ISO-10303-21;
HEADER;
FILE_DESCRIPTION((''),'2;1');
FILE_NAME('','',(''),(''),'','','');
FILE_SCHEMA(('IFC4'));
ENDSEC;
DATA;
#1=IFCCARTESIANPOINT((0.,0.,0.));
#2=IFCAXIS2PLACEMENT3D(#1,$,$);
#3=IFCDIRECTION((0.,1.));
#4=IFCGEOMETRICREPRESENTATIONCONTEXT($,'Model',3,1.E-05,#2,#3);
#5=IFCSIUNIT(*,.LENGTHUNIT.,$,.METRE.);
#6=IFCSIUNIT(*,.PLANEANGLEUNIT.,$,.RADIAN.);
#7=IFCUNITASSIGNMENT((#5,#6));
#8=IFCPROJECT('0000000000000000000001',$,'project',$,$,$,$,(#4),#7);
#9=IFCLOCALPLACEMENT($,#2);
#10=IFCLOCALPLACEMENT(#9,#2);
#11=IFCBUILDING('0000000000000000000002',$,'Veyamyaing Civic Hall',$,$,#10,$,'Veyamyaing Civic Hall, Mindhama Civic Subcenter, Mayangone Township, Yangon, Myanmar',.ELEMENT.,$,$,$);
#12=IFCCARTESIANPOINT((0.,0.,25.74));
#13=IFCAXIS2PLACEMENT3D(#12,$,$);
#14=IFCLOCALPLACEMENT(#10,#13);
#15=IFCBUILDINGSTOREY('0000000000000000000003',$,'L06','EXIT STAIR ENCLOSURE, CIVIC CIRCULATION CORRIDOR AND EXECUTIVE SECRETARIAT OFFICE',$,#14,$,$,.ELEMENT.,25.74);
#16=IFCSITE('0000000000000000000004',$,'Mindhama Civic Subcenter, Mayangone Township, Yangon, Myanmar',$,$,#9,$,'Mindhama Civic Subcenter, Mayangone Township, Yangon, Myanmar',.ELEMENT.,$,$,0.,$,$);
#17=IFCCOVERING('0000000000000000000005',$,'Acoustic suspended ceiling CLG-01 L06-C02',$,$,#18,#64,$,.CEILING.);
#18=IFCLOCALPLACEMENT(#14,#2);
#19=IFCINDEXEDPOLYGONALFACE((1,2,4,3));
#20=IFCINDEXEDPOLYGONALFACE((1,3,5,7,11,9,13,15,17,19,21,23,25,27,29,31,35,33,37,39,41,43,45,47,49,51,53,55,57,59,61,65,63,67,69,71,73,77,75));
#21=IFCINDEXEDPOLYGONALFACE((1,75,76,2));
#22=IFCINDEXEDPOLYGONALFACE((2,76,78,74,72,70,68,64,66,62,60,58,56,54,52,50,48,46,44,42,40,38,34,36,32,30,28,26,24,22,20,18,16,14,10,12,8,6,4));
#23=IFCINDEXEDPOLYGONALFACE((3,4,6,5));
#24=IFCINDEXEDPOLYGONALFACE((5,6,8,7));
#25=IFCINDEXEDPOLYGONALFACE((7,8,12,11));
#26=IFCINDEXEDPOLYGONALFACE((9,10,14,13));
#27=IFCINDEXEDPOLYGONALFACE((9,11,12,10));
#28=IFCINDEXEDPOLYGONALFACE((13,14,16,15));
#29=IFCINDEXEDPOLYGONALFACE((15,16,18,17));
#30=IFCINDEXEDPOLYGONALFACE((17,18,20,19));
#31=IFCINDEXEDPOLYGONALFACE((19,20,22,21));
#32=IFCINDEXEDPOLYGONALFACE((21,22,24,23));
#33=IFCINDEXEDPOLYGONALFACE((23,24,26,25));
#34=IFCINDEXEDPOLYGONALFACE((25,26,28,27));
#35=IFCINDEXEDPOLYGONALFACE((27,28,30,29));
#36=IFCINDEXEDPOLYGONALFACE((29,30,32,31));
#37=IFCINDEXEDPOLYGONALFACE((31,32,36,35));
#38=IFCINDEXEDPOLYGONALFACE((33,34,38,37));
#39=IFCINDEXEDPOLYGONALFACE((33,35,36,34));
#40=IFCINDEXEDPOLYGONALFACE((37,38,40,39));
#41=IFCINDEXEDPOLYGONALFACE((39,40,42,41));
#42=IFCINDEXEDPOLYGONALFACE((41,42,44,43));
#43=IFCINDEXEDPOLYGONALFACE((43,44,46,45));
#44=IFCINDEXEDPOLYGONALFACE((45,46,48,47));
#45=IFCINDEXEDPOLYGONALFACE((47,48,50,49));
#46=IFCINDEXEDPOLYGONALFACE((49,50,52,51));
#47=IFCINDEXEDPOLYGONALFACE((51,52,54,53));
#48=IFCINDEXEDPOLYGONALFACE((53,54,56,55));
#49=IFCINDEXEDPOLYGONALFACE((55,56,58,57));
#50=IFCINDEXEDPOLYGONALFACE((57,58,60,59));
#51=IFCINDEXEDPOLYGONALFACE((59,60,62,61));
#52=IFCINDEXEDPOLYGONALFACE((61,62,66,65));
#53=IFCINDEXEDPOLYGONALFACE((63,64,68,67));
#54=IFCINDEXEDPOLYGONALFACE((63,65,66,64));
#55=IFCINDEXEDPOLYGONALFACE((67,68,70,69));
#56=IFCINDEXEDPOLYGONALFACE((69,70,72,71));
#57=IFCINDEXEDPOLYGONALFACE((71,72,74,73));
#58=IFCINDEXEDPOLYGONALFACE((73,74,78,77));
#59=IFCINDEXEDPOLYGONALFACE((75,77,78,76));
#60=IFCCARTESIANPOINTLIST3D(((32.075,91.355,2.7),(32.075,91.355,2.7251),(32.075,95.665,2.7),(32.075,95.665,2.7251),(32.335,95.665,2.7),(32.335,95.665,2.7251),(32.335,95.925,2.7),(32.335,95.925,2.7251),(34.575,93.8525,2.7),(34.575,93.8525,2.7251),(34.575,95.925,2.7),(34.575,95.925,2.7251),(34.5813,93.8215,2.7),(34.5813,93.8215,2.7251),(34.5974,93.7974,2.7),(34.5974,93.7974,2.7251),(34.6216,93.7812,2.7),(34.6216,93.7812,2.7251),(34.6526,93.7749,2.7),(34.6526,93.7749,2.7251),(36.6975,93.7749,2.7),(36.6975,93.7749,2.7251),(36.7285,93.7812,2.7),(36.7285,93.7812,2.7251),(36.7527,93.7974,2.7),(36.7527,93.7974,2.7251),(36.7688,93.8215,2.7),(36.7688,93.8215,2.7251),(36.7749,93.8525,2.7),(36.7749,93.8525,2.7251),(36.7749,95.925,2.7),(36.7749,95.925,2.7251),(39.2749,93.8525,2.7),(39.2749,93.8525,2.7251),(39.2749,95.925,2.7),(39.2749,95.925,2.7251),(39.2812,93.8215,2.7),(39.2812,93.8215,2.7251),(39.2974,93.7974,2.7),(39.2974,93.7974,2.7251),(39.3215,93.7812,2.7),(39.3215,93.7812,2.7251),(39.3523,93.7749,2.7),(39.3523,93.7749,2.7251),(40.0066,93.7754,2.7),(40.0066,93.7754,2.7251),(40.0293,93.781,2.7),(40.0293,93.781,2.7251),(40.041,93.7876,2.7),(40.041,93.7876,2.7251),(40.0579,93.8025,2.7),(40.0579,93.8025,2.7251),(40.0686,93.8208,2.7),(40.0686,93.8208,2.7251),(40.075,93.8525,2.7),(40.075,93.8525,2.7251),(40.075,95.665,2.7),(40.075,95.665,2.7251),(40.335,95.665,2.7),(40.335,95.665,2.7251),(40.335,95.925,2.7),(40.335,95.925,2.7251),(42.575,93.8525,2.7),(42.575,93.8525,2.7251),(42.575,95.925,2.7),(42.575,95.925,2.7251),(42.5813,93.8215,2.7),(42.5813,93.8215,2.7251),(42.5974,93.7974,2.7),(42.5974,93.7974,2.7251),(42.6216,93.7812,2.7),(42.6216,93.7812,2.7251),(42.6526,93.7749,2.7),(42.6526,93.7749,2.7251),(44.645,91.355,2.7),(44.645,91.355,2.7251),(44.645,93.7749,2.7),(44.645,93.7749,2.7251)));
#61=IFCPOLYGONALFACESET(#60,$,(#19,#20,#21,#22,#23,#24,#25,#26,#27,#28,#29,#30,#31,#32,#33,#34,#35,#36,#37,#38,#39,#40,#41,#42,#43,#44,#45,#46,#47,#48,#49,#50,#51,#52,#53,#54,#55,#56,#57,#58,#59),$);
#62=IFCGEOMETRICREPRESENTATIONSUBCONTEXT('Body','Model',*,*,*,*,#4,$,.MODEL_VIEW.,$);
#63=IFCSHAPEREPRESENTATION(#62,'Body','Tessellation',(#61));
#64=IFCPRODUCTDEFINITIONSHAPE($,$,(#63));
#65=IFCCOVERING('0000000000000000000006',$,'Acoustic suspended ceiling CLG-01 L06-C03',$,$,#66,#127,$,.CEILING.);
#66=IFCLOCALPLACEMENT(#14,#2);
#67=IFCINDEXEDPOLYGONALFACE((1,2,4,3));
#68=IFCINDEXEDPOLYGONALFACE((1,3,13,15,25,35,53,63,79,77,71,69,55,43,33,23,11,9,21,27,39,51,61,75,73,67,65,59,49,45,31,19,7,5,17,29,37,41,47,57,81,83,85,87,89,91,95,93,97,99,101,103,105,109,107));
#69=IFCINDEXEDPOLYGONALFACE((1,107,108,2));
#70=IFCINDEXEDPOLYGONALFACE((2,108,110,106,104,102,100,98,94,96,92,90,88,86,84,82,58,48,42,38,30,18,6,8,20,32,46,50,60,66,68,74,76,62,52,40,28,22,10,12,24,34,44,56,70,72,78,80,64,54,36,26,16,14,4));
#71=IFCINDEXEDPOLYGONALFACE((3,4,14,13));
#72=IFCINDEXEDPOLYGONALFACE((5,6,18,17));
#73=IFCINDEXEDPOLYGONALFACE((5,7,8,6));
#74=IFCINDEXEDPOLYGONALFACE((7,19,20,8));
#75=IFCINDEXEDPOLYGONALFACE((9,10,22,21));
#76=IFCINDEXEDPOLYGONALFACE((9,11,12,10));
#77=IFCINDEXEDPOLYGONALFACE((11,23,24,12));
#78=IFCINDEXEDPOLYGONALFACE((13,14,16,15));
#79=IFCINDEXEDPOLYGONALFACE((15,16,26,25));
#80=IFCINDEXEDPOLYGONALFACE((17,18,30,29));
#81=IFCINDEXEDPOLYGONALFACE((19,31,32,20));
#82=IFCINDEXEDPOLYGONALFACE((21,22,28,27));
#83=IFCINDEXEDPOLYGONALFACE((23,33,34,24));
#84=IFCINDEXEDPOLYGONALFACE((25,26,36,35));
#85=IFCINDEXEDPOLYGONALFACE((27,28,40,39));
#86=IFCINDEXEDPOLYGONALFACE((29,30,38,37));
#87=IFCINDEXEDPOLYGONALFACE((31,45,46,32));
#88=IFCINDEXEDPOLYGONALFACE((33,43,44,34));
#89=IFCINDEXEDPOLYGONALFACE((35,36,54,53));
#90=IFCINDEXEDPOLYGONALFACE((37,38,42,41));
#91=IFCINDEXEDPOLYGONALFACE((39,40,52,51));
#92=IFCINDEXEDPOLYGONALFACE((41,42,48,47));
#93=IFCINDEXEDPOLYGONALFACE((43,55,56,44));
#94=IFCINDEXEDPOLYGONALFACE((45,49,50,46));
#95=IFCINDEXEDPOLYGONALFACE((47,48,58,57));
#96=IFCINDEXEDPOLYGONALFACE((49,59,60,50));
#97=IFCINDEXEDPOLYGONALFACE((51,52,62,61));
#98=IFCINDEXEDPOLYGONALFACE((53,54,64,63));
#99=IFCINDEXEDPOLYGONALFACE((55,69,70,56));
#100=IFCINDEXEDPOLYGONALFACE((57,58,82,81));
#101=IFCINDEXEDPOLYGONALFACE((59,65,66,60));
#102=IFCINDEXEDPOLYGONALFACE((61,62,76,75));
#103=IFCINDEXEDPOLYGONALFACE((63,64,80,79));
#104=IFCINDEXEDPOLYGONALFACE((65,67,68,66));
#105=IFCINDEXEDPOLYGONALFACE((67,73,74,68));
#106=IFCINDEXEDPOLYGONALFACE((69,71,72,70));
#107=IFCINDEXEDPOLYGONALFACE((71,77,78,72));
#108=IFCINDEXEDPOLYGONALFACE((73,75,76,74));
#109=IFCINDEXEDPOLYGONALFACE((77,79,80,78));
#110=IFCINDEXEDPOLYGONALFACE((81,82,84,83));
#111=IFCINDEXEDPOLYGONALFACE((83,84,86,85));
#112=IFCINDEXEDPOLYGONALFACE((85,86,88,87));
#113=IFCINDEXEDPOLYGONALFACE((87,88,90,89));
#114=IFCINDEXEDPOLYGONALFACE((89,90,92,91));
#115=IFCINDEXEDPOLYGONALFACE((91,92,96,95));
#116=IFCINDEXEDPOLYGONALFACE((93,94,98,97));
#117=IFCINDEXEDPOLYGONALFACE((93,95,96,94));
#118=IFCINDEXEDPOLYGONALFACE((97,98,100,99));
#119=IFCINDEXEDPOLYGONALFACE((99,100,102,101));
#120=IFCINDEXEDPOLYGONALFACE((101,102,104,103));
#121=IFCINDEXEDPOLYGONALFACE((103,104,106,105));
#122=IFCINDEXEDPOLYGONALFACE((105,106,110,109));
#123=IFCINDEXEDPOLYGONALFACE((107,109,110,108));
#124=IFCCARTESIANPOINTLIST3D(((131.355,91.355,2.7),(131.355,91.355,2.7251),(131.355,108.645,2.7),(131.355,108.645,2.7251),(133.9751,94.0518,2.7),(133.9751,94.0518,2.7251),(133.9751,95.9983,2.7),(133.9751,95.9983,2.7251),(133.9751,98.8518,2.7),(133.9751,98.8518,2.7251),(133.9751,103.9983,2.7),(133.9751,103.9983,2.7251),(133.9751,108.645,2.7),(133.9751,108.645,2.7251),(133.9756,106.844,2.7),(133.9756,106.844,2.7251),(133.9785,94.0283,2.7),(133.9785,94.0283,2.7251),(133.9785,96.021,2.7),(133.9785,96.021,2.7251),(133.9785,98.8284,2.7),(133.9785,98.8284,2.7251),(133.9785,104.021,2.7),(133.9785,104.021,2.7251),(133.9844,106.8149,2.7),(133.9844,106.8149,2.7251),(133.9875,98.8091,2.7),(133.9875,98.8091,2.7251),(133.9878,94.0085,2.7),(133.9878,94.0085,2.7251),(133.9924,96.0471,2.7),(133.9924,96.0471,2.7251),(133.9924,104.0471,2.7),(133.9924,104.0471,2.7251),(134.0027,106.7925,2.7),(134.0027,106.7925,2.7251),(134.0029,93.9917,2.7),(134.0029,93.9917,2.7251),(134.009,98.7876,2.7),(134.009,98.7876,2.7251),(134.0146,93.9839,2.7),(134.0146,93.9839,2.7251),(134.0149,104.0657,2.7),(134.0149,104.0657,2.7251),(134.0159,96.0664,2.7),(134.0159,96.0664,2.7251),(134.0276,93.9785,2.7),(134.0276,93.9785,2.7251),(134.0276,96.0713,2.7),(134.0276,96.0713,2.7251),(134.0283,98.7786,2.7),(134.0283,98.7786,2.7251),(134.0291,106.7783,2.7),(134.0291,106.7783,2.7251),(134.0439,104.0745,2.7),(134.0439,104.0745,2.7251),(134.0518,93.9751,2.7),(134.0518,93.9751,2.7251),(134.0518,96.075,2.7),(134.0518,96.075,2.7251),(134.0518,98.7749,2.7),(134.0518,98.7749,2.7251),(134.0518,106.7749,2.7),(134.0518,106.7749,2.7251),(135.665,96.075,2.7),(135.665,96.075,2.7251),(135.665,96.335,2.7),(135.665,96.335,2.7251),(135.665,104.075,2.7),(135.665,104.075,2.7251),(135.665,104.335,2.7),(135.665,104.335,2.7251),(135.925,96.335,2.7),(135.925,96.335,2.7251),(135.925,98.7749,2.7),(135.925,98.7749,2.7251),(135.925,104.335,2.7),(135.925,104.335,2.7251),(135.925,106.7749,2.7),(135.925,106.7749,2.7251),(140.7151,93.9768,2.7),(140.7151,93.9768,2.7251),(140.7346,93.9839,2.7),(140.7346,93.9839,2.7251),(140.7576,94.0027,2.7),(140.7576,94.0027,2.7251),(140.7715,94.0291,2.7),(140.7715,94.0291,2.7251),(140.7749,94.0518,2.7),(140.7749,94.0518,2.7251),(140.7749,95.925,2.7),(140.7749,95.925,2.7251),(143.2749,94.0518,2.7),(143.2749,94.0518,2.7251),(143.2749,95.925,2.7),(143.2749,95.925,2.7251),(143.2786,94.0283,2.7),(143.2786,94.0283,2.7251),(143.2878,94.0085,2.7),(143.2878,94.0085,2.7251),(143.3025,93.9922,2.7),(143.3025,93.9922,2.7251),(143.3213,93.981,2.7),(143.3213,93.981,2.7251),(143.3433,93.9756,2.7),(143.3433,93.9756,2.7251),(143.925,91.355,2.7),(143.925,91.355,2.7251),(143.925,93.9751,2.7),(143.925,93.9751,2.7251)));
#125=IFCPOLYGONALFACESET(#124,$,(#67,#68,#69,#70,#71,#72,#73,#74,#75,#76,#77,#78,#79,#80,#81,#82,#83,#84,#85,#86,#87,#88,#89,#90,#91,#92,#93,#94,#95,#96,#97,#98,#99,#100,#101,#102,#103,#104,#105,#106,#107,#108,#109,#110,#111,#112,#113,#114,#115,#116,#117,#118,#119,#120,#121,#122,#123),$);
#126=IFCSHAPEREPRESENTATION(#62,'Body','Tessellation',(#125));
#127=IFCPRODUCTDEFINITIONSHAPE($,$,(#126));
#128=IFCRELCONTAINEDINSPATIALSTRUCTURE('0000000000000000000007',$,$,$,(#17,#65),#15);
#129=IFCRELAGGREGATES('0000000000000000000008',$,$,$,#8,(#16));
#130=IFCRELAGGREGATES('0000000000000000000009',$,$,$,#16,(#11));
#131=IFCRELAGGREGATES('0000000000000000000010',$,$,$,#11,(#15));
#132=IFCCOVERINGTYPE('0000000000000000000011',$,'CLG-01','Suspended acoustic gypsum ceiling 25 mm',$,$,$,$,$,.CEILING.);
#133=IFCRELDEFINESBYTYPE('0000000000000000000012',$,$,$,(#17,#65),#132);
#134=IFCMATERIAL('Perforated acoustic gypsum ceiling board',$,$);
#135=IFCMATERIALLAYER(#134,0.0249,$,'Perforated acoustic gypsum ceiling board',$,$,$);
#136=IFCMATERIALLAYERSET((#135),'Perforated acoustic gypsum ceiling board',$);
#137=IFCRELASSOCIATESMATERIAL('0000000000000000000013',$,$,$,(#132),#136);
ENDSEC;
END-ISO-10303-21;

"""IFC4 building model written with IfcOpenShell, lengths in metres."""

from ifc_helpers import new_model, si_unit, direction, frame, origin, place, context, subcontext, project, spatial, polyline, outline, extrude, material, layer, layer_set, type_object, element, save


model = new_model("IFC4")

# Units and contexts
model_context = context("Model", 3, precision=1e-05, world=origin(), true_north=direction((0.0, 1.0)))
body_context = subcontext(model_context, "Body", "Model", "MODEL_VIEW")
ifc_project = project(units=[si_unit("LENGTHUNIT", "METRE"), si_unit("PLANEANGLEUNIT", "RADIAN")], contexts=[model_context])

# Site, building, storey
site_placement = place(None, origin())
site = spatial("IfcSite", under=ifc_project, at=site_placement, Name="Mindhama Civic Subcenter, Mayangone Township, Yangon, Myanmar", LongName="Mindhama Civic Subcenter, Mayangone Township, Yangon, Myanmar", CompositionType="ELEMENT", RefElevation=0.0)
building_placement = place(site_placement, origin())
building = spatial("IfcBuilding", under=site, at=building_placement, Name="Veyamyaing Civic Hall", LongName="Veyamyaing Civic Hall, Mindhama Civic Subcenter, Mayangone Township, Yangon, Myanmar", CompositionType="ELEMENT")
storey_placement = place(building_placement, frame((0.0, 0.0, 25.74)))
storey = spatial("IfcBuildingStorey", under=building, at=storey_placement, Name="L06", Description="EXIT STAIR ENCLOSURE, CIVIC CIRCULATION CORRIDOR AND EXECUTIVE SECRETARIAT OFFICE", CompositionType="ELEMENT", Elevation=25.74)

# Coverings
ifc_material_1 = material(Name="Perforated acoustic gypsum ceiling board")
ifc_layer_1 = layer(ifc_material_1, 0.0249, Name="Perforated acoustic gypsum ceiling board")
ifc_layer_set_1 = layer_set([ifc_layer_1], Name="Perforated acoustic gypsum ceiling board")
covering_type_1 = type_object("IfcCoveringType", Name="CLG-01", Description="Suspended acoustic gypsum ceiling 25 mm", PredefinedType="CEILING", material=ifc_layer_set_1)
covering_1_placement = place(storey_placement, frame((0.0, 0.0, 2.7)))
element("IfcCovering", 1, at=covering_1_placement, inside=storey, type_object=covering_type_1, Name="Acoustic suspended ceiling CLG-01 L06-C02", PredefinedType="CEILING", context=body_context, shape_type="SweptSolid", body=[
    extrude(outline(polyline([(34.575, 95.925), (34.575, 93.8525), (34.5813, 93.8215), (34.5974, 93.7974), (34.6216, 93.7812), (34.6526, 93.7749), (36.6975, 93.7749), (36.7285, 93.7812), (36.7527, 93.7974), (36.7688, 93.8215), (36.7749, 93.8525), (36.7749, 95.925), (39.2749, 95.925), (39.2749, 93.8525), (39.2812, 93.8215), (39.2974, 93.7974), (39.3215, 93.7812), (39.3523, 93.7749), (40.0066, 93.7754), (40.0293, 93.781), (40.041, 93.7876), (40.0579, 93.8025), (40.0686, 93.8208), (40.075, 93.8525), (40.075, 95.665), (40.335, 95.665), (40.335, 95.925), (42.575, 95.925), (42.575, 93.8525), (42.5813, 93.8215), (42.5974, 93.7974), (42.6216, 93.7812), (42.6526, 93.7749), (44.645, 93.7749), (44.645, 91.355), (32.075, 91.355), (32.075, 95.665), (32.335, 95.665), (32.335, 95.925), (34.575, 95.925)])), origin(), (0.0, 0.0, 1.0), 0.0251),
])
covering_2_placement = place(storey_placement, frame((0.0, 0.0, 2.7)))
element("IfcCovering", 2, at=covering_2_placement, inside=storey, type_object=covering_type_1, Name="Acoustic suspended ceiling CLG-01 L06-C03", PredefinedType="CEILING", context=body_context, shape_type="SweptSolid", body=[
    extrude(outline(polyline([(133.9756, 106.844), (133.9844, 106.8149), (134.0027, 106.7925), (134.0291, 106.7783), (134.0518, 106.7749), (135.925, 106.7749), (135.925, 104.335), (135.665, 104.335), (135.665, 104.075), (134.0439, 104.0745), (134.0149, 104.0657), (133.9924, 104.0471), (133.9785, 104.021), (133.9751, 103.9983), (133.9751, 98.8518), (133.9785, 98.8284), (133.9875, 98.8091), (134.009, 98.7876), (134.0283, 98.7786), (134.0518, 98.7749), (135.925, 98.7749), (135.925, 96.335), (135.665, 96.335), (135.665, 96.075), (134.0518, 96.075), (134.0276, 96.0713), (134.0159, 96.0664), (133.9924, 96.0471), (133.9785, 96.021), (133.9751, 95.9983), (133.9751, 94.0518), (133.9785, 94.0283), (133.9878, 94.0085), (134.0029, 93.9917), (134.0146, 93.9839), (134.0276, 93.9785), (134.0518, 93.9751), (140.7151, 93.9768), (140.7346, 93.9839), (140.7576, 94.0027), (140.7715, 94.0291), (140.7749, 94.0518), (140.7749, 95.925), (143.2749, 95.925), (143.2749, 94.0518), (143.2786, 94.0283), (143.2878, 94.0085), (143.3025, 93.9922), (143.3213, 93.981), (143.3433, 93.9756), (143.925, 93.9751), (143.925, 91.355), (131.355, 91.355), (131.355, 108.645), (133.9751, 108.645), (133.9756, 106.844)])), origin(), (0.0, 0.0, 1.0), 0.0251),
])

save(model, "model.ifc")
